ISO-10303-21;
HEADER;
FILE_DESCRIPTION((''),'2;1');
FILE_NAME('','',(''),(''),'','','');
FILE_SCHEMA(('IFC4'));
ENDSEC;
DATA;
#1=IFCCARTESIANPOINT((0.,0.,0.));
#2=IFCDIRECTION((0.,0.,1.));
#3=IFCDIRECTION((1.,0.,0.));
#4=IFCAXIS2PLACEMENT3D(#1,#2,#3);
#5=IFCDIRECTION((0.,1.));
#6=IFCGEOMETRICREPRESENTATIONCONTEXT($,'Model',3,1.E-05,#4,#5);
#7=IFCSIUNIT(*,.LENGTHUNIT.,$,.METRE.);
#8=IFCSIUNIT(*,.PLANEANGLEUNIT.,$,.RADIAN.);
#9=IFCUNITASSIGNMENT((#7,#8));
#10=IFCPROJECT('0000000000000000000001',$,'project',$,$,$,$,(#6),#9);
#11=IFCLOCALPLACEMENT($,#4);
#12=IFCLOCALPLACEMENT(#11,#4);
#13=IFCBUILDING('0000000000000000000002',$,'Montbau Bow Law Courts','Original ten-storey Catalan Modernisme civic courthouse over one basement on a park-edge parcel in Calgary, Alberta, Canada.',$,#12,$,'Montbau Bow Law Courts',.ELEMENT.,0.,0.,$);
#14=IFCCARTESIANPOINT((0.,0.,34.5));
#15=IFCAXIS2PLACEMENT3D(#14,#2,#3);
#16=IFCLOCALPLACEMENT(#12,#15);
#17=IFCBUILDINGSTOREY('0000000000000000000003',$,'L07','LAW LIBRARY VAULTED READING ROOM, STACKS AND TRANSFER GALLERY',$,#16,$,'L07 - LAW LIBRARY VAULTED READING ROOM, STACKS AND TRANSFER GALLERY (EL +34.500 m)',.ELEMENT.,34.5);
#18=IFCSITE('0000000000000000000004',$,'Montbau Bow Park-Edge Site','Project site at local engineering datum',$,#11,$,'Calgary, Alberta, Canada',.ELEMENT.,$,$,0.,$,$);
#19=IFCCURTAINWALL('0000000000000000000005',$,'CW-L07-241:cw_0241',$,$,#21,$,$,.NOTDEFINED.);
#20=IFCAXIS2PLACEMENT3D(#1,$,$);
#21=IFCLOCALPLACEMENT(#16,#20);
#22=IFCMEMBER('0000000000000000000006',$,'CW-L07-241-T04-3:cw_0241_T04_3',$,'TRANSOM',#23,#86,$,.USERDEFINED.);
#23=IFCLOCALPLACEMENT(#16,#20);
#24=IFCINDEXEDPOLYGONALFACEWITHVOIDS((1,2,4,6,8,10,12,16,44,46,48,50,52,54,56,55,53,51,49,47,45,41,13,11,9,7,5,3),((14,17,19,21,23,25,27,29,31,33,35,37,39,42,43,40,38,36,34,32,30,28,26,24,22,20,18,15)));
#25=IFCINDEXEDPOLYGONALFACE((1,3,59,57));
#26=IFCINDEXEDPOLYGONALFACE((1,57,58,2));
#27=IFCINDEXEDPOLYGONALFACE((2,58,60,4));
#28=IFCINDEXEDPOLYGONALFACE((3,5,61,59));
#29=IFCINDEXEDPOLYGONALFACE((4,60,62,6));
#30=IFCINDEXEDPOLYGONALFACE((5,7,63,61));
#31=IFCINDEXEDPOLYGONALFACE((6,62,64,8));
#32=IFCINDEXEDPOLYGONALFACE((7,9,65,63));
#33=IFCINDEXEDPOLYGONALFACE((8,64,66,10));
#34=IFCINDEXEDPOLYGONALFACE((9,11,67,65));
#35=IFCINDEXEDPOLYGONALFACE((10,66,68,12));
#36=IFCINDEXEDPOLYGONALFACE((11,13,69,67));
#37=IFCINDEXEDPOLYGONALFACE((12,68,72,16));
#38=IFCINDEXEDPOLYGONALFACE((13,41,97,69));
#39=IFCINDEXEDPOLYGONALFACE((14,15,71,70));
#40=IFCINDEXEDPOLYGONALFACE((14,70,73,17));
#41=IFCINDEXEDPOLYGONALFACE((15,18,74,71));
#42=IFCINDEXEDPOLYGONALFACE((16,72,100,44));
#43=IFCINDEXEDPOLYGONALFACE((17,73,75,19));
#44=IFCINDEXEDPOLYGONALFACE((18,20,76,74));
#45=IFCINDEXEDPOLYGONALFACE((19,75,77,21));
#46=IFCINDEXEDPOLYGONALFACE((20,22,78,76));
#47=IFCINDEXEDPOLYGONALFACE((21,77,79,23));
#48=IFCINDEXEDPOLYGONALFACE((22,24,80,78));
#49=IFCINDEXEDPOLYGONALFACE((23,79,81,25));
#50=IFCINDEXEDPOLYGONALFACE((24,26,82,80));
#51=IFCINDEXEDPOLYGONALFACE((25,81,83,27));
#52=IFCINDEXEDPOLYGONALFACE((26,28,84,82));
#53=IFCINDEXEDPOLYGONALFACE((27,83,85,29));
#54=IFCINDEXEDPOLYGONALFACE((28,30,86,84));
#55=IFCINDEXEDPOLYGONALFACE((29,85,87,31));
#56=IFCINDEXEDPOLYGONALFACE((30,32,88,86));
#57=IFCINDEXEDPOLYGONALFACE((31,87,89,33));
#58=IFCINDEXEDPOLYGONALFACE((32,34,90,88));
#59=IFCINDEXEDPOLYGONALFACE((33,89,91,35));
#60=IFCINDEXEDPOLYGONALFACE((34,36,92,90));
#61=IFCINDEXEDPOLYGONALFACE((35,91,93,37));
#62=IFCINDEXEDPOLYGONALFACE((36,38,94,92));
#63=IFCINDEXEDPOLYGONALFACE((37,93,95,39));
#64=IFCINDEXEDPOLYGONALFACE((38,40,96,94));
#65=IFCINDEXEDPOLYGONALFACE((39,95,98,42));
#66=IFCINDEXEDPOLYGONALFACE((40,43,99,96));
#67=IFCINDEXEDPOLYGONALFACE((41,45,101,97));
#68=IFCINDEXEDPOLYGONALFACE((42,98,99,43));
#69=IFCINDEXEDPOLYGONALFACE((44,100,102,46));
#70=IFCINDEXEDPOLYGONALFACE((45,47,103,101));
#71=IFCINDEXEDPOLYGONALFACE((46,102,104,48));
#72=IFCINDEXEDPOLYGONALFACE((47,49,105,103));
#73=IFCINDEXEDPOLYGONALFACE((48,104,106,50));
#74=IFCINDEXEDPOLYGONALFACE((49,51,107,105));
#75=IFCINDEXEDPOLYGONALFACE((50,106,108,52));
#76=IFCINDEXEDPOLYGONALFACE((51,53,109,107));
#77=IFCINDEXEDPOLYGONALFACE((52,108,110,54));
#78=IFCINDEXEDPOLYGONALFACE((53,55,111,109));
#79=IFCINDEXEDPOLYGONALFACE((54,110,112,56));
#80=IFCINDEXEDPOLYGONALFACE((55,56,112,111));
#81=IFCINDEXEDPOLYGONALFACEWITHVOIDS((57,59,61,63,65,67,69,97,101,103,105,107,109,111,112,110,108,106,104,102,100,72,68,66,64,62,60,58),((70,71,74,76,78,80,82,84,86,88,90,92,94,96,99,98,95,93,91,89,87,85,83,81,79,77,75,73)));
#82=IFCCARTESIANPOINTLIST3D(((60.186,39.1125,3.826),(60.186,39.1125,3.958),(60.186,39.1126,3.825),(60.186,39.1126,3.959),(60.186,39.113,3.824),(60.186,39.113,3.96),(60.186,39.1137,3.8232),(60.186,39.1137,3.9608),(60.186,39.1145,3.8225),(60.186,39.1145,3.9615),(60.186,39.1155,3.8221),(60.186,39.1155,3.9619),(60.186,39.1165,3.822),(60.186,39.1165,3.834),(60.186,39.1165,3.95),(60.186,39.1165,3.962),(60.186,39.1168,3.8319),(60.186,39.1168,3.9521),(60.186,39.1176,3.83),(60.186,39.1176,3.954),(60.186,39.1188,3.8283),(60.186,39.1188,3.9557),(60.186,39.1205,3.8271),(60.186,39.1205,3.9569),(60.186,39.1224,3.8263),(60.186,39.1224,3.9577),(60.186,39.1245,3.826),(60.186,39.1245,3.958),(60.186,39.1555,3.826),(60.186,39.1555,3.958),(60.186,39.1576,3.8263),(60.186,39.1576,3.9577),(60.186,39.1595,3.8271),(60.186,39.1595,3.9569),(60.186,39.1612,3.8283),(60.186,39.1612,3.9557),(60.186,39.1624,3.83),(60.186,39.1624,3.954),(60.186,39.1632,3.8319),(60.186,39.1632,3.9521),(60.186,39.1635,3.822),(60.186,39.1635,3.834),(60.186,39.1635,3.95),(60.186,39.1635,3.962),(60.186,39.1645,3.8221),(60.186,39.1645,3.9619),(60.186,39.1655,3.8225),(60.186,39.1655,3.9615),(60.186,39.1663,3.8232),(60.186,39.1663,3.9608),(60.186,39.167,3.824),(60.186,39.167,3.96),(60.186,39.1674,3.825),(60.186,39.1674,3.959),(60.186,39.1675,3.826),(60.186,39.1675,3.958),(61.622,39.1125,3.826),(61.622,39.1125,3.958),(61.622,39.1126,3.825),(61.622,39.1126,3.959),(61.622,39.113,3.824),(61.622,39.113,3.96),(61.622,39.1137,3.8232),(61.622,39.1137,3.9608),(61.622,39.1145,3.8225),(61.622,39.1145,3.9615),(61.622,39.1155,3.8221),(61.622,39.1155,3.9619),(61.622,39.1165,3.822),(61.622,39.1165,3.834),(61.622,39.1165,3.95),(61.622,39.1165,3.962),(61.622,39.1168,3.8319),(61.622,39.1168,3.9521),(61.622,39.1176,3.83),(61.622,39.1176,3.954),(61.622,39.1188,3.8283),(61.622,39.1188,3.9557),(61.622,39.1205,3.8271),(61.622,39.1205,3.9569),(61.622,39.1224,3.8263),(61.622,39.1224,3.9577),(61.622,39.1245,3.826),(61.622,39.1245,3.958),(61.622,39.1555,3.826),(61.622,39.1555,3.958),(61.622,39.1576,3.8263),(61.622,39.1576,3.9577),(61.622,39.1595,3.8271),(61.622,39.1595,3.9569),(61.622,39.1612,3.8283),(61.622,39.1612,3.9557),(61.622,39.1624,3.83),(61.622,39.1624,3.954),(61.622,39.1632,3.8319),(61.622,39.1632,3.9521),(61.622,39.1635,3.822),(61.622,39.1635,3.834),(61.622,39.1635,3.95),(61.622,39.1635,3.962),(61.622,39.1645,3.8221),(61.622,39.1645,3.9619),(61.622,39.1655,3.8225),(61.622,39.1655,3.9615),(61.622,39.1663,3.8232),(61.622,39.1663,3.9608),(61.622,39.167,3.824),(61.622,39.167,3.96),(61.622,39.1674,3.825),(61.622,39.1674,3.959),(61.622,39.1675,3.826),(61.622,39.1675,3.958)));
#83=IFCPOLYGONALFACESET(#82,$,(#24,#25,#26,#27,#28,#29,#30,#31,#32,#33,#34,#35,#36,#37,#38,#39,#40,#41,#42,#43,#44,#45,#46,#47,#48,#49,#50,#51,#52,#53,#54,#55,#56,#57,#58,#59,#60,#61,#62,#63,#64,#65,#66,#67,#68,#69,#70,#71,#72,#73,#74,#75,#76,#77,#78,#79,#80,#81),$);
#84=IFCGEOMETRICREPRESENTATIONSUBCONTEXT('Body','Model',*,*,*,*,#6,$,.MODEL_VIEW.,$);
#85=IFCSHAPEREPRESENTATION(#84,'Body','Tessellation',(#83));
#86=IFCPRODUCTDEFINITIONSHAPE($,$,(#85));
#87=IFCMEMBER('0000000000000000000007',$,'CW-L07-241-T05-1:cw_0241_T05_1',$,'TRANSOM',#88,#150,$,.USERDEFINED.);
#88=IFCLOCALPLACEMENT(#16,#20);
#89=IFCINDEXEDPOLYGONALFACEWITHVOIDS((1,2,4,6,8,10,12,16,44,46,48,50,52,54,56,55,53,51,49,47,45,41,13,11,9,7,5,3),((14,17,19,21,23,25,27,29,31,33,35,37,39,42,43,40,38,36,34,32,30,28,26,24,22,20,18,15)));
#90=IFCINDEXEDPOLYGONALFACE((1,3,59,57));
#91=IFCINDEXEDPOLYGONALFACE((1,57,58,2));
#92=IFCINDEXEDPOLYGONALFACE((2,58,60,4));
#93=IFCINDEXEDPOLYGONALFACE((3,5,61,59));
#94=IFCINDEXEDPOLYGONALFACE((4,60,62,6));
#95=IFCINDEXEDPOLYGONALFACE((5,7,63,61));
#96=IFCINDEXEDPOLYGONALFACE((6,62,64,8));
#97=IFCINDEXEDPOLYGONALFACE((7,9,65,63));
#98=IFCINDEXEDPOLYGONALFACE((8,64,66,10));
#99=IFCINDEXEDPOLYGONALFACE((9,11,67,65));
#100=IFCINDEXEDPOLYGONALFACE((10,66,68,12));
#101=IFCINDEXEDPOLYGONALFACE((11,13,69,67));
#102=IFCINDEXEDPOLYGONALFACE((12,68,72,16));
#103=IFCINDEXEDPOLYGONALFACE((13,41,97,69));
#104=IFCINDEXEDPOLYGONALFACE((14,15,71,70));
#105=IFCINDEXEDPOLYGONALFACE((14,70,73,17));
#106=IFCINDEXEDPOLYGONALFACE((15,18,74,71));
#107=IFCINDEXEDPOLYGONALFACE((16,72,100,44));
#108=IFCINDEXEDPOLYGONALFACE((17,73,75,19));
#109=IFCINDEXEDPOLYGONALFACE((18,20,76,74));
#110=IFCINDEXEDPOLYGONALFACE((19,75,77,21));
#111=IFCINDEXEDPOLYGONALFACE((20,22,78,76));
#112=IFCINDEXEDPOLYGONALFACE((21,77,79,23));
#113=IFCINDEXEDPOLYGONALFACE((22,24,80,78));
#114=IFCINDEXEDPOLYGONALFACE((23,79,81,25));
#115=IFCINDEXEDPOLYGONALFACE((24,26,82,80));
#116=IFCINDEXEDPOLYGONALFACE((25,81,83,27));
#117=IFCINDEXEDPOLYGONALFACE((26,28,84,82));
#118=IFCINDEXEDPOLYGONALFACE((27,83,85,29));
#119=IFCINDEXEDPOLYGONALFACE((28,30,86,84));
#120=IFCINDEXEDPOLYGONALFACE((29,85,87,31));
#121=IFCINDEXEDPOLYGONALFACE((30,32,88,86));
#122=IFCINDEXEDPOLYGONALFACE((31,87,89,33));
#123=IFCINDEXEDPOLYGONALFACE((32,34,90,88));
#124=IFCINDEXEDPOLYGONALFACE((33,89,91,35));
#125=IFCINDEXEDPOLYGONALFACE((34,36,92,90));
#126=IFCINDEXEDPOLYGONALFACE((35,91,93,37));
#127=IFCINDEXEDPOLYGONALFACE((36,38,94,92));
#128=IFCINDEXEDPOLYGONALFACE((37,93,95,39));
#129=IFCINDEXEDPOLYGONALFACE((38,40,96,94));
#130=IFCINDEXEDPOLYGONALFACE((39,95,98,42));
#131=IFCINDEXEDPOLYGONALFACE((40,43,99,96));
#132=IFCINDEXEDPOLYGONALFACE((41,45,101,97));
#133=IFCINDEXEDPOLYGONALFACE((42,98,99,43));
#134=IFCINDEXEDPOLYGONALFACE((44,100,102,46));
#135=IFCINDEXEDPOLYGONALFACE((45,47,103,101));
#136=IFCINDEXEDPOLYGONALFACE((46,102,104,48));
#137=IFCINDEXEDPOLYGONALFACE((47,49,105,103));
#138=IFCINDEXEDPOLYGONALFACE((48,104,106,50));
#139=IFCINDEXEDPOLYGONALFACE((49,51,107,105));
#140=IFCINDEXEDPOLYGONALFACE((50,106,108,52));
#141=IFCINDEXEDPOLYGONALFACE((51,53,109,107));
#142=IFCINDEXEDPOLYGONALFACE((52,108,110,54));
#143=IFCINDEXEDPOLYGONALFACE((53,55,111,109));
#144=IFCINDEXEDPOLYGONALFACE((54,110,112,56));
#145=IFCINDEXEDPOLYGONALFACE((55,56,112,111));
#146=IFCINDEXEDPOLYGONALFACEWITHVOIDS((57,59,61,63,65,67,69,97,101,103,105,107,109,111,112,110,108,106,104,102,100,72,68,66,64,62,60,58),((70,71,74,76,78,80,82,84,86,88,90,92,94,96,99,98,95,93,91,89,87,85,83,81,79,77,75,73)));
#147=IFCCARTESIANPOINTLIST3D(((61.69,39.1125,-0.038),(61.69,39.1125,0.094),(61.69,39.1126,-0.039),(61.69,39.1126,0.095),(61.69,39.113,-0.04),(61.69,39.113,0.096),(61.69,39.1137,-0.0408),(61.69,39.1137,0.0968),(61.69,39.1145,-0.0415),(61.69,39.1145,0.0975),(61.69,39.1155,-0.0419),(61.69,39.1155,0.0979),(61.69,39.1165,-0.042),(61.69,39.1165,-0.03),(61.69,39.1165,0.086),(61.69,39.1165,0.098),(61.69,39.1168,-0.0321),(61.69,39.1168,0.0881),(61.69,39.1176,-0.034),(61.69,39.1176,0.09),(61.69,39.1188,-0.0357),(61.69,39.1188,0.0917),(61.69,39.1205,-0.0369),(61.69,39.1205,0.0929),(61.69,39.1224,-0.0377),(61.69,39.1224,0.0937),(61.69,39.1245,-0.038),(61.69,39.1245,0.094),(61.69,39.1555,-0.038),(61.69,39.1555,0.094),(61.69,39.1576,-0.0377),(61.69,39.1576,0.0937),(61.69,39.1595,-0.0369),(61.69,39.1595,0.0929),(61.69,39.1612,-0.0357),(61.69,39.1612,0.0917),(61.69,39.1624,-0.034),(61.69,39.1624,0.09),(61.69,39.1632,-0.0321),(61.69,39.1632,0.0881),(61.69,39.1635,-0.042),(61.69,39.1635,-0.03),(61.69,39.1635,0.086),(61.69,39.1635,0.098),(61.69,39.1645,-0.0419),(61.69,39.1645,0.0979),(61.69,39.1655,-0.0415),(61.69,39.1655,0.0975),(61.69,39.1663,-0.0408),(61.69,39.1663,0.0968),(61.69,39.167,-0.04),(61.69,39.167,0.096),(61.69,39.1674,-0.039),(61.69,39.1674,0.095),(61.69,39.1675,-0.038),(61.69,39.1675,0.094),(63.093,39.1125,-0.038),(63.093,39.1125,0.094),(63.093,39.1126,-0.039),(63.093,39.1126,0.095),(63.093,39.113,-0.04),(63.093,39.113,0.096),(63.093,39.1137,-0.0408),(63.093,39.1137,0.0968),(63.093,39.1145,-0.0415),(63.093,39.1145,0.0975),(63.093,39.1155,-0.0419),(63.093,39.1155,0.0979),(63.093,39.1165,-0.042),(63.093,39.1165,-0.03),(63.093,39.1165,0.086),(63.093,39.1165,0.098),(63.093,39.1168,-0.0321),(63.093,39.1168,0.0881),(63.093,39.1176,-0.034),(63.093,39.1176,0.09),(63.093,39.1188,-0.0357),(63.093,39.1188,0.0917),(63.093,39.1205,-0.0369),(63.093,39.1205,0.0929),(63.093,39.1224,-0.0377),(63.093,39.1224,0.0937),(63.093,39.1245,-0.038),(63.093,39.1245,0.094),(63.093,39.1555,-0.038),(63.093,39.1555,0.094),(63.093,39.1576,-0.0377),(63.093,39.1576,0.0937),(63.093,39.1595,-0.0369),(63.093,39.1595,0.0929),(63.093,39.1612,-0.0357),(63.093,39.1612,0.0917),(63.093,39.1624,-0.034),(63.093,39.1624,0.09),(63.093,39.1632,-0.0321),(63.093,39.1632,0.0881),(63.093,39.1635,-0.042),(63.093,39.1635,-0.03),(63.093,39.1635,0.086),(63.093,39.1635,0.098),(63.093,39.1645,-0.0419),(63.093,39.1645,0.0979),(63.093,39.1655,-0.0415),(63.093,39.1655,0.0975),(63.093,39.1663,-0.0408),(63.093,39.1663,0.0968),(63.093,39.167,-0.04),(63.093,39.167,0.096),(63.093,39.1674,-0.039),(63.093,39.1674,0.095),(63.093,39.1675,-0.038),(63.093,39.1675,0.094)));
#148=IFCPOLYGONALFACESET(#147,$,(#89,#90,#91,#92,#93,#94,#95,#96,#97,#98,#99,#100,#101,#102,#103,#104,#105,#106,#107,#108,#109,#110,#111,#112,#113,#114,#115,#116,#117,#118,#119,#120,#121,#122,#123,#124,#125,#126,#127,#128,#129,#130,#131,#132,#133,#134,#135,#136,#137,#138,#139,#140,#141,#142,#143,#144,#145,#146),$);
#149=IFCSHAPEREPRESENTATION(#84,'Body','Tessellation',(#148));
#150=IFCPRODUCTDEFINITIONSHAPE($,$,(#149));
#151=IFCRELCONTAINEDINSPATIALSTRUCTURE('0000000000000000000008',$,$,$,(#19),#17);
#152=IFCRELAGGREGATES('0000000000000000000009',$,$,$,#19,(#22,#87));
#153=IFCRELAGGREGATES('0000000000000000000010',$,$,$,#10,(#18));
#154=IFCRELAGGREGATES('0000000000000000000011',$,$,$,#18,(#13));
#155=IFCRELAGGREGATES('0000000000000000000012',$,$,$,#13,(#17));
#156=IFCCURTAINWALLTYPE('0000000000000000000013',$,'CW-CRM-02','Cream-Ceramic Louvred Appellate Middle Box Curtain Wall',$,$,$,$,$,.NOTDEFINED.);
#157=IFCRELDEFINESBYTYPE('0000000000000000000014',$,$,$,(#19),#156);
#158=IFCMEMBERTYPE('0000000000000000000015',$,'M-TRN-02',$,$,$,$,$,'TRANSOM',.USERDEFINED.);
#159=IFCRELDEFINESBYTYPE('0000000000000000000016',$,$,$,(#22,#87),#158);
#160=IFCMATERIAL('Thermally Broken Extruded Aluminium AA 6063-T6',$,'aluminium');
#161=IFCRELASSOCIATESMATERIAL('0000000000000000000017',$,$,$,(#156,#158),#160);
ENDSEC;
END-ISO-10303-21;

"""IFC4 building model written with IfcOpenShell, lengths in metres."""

from ifc_helpers import new_model, si_unit, direction, frame, origin_with_axes, origin_2d_with_axis, place, context, subcontext, project, spatial, hollow_rectangle, extrude, material, material_profile, profile_set, type_object, element, aggregate, save


model = new_model("IFC4")

# Units and contexts
model_context = context("Model", 3, precision=1e-05, world=origin_with_axes(), true_north=direction((0.0, 1.0)))
body_context = subcontext(model_context, "Body", "Model", "MODEL_VIEW")
ifc_project = project(units=[si_unit("LENGTHUNIT", "METRE"), si_unit("PLANEANGLEUNIT", "RADIAN")], contexts=[model_context])

# Site, building, storey
site_placement = place(None, origin_with_axes())
site = spatial("IfcSite", under=ifc_project, at=site_placement, Name="Montbau Bow Park-Edge Site", Description="Project site at local engineering datum", LongName="Calgary, Alberta, Canada", CompositionType="ELEMENT", RefElevation=0.0)
building_placement = place(site_placement, origin_with_axes())
building = spatial("IfcBuilding", under=site, at=building_placement, Name="Montbau Bow Law Courts", Description="Original ten-storey Catalan Modernisme civic courthouse over one basement on a park-edge parcel in Calgary, Alberta, Canada.", LongName="Montbau Bow Law Courts", CompositionType="ELEMENT", ElevationOfRefHeight=0.0, ElevationOfTerrain=0.0)
storey_placement = place(building_placement, frame((0.0, 0.0, 34.5), z_axis=(0.0, 0.0, 1.0), x_axis=(1.0, 0.0, 0.0)))
storey = spatial("IfcBuildingStorey", under=building, at=storey_placement, Name="L07", Description="LAW LIBRARY VAULTED READING ROOM, STACKS AND TRANSFER GALLERY", LongName="L07 - LAW LIBRARY VAULTED READING ROOM, STACKS AND TRANSFER GALLERY (EL +34.500 m)", CompositionType="ELEMENT", Elevation=34.5)

# Curtain wall
ifc_material_1 = material(Name="Thermally Broken Extruded Aluminium AA 6063-T6", Category="aluminium")
curtain_wall_type = type_object("IfcCurtainWallType", Name="CW-CRM-02", Description="Cream-Ceramic Louvred Appellate Middle Box Curtain Wall", PredefinedType="NOTDEFINED", material=ifc_material_1)
curtain_wall_1_placement = place(None, frame((55.64, 39.14, 34.5), z_axis=(0.0, 0.0, 1.0), x_axis=(1.0, 0.0, 0.0)))
curtain_wall_1 = element("IfcCurtainWall", 1, at=curtain_wall_1_placement, inside=storey, type_object=curtain_wall_type, Name="CW-L07-241:cw_0241", PredefinedType="NOTDEFINED")

# Members
ifc_material_profile_1 = material_profile(ifc_material_1, hollow_rectangle(XDim=0.055, YDim=0.14, WallThickness=0.004, InnerFilletRadius=0.008, OuterFilletRadius=0.004, at=origin_2d_with_axis()), Name="CWT-140X55", Category="Main", Priority=0)
ifc_profile_set_1 = profile_set([ifc_material_profile_1], Name="Thermally Broken Extruded Aluminium AA 6063-T6")
member_type_1 = type_object("IfcMemberType", Name="M-TRN-02", ElementType="TRANSOM", PredefinedType="USERDEFINED", material=ifc_profile_set_1)
member_1_placement = place(None, frame((60.186, 39.14, 38.392), z_axis=(1.0, 0.0, 0.0), x_axis=(0.0, 1.0, 0.0)))
member_1 = element("IfcMember", 2, at=member_1_placement, type_object=member_type_1, Name="CW-L07-241-T04-3:cw_0241_T04_3", ObjectType="TRANSOM", PredefinedType="USERDEFINED", context=body_context, shape_type="SweptSolid", body=[
    extrude(hollow_rectangle(XDim=0.055, YDim=0.14, WallThickness=0.004, InnerFilletRadius=0.008, OuterFilletRadius=0.004, at=origin_2d_with_axis()), origin_with_axes(), (0.0, 0.0, 1.0), 1.436),
])
member_2_placement = place(None, frame((61.69, 39.14, 34.528), z_axis=(1.0, 0.0, 0.0), x_axis=(0.0, 1.0, 0.0)))
member_2 = element("IfcMember", 3, at=member_2_placement, type_object=member_type_1, Name="CW-L07-241-T05-1:cw_0241_T05_1", ObjectType="TRANSOM", PredefinedType="USERDEFINED", context=body_context, shape_type="SweptSolid", body=[
    extrude(hollow_rectangle(XDim=0.055, YDim=0.14, WallThickness=0.004, InnerFilletRadius=0.008, OuterFilletRadius=0.004, at=origin_2d_with_axis()), origin_with_axes(), (0.0, 0.0, 1.0), 1.403),
])

aggregate(curtain_wall_1, [member_1, member_2])

save(model, "model.ifc")
